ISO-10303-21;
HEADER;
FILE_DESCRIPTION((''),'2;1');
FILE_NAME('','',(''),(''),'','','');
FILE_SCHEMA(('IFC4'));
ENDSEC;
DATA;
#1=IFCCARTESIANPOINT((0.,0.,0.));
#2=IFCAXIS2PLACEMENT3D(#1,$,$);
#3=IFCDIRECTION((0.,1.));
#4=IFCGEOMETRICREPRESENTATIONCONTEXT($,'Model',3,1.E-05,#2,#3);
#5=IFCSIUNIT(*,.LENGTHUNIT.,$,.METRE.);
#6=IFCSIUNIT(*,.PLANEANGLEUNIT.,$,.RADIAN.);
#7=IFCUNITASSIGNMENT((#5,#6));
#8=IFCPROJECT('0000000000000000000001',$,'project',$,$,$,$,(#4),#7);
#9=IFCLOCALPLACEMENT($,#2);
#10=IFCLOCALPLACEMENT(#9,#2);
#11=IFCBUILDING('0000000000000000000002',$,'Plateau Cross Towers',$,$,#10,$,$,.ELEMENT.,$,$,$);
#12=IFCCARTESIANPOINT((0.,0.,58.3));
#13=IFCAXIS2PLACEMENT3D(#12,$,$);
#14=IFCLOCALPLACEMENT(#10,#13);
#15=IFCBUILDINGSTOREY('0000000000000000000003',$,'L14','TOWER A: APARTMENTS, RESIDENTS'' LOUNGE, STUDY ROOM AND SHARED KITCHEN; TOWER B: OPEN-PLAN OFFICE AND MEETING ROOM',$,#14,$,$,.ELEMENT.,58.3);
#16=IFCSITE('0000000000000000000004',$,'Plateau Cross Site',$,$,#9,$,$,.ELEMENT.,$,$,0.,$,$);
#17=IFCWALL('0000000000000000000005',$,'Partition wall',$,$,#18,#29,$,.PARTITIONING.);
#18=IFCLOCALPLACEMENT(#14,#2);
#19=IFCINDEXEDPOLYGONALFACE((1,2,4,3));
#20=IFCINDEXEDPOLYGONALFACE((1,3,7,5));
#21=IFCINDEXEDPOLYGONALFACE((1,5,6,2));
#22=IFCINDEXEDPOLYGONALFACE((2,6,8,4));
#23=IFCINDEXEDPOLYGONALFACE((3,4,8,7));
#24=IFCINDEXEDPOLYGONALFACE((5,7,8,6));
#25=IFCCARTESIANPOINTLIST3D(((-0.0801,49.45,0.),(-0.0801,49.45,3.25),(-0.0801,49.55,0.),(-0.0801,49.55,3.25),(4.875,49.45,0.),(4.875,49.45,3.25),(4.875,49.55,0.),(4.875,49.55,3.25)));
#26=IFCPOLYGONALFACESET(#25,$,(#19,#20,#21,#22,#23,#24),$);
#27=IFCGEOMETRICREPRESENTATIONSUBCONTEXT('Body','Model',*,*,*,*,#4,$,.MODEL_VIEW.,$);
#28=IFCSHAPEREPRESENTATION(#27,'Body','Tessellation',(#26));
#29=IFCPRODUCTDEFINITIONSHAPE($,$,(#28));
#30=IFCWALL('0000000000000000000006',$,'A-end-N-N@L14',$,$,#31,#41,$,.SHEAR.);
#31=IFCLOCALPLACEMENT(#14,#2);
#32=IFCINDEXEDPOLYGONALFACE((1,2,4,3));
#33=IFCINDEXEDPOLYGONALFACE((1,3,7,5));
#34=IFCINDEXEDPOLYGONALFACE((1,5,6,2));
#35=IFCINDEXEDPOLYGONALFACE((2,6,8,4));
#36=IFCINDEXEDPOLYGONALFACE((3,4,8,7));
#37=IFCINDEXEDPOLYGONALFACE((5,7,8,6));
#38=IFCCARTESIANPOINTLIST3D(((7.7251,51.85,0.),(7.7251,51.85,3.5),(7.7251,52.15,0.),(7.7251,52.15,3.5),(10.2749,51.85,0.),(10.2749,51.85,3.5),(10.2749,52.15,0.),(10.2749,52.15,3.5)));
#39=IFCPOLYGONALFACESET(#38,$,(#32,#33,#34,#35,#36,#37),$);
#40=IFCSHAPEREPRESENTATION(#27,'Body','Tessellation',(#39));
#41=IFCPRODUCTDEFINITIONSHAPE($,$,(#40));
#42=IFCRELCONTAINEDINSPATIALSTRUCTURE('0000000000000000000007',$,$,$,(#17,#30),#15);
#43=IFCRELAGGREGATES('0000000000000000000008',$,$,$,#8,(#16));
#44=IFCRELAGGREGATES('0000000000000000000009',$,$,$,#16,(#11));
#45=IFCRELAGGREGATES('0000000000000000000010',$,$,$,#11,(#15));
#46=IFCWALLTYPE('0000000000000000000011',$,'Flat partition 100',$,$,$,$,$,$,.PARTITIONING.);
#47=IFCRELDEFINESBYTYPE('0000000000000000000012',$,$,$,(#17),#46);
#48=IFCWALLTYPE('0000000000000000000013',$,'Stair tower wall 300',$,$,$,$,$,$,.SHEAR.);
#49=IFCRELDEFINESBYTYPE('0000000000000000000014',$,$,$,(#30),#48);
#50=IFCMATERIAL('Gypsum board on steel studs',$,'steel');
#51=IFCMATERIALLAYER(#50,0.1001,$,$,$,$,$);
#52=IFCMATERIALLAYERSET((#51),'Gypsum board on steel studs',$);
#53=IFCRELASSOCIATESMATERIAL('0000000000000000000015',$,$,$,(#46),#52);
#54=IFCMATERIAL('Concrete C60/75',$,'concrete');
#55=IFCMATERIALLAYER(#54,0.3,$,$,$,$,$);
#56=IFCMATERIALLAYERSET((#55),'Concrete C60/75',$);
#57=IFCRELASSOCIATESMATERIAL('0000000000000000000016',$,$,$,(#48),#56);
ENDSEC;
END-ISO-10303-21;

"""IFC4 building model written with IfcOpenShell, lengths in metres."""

from ifc_helpers import new_model, si_unit, direction, frame, frame_2d, origin, place, context, subcontext, project, spatial, rectangle, extrude, material, layer, layer_set, type_object, element, save


model = new_model("IFC4")

# Units and contexts
model_context = context("Model", 3, precision=1e-05, world=origin(), true_north=direction((0.0, 1.0)))
body_context = subcontext(model_context, "Body", "Model", "MODEL_VIEW")
ifc_project = project(units=[si_unit("LENGTHUNIT", "METRE"), si_unit("PLANEANGLEUNIT", "RADIAN")], contexts=[model_context])

# Site, building, storey
site_placement = place(None, origin())
site = spatial("IfcSite", under=ifc_project, at=site_placement, Name="Plateau Cross Site", CompositionType="ELEMENT", RefElevation=0.0)
building_placement = place(site_placement, origin())
building = spatial("IfcBuilding", under=site, at=building_placement, Name="Plateau Cross Towers", CompositionType="ELEMENT")
storey_placement = place(building_placement, frame((0.0, 0.0, 58.3)))
storey = spatial("IfcBuildingStorey", under=building, at=storey_placement, Name="L14", Description="TOWER A: APARTMENTS, RESIDENTS' LOUNGE, STUDY ROOM AND SHARED KITCHEN; TOWER B: OPEN-PLAN OFFICE AND MEETING ROOM", CompositionType="ELEMENT", Elevation=58.3)

# Shared definitions
ifc_material_1 = material(Name="Concrete C60/75", Category="concrete")

# Walls
ifc_material_2 = material(Name="Gypsum board on steel studs", Category="steel")
ifc_layer_1 = layer(ifc_material_2, 0.1001)
ifc_layer_set_1 = layer_set([ifc_layer_1], Name="Gypsum board on steel studs")
wall_type_1 = type_object("IfcWallType", Name="Flat partition 100", PredefinedType="PARTITIONING", material=ifc_layer_set_1)
wall_1_placement = place(storey_placement, frame((4.875, 49.5, 0.0), z_axis=(0.0, 0.0, 1.0), x_axis=(-1.0, 0.0, 0.0)))
element("IfcWall", 1, at=wall_1_placement, inside=storey, type_object=wall_type_1, Name="Partition wall", PredefinedType="PARTITIONING", context=body_context, shape_type="SweptSolid", body=[
    extrude(rectangle(XDim=4.9551, YDim=0.1001, at=frame_2d((2.4775, 0.0))), origin(), (0.0, 0.0, 1.0), 3.25),
])
ifc_layer_2 = layer(ifc_material_1, 0.3)
ifc_layer_set_2 = layer_set([ifc_layer_2], Name="Concrete C60/75")
wall_type_2 = type_object("IfcWallType", Name="Stair tower wall 300", PredefinedType="SHEAR", material=ifc_layer_set_2)
wall_2_placement = place(storey_placement, frame((7.7251, 52.0, 0.0), z_axis=(0.0, 0.0, 1.0), x_axis=(1.0, 0.0, 0.0)))
element("IfcWall", 2, at=wall_2_placement, inside=storey, type_object=wall_type_2, Name="A-end-N-N@L14", PredefinedType="SHEAR", context=body_context, shape_type="SweptSolid", body=[
    extrude(rectangle(XDim=2.5498, YDim=0.3, at=frame_2d((1.2749, 0.0))), origin(), (0.0, 0.0, 1.0), 3.5),
])

save(model, "model.ifc")
